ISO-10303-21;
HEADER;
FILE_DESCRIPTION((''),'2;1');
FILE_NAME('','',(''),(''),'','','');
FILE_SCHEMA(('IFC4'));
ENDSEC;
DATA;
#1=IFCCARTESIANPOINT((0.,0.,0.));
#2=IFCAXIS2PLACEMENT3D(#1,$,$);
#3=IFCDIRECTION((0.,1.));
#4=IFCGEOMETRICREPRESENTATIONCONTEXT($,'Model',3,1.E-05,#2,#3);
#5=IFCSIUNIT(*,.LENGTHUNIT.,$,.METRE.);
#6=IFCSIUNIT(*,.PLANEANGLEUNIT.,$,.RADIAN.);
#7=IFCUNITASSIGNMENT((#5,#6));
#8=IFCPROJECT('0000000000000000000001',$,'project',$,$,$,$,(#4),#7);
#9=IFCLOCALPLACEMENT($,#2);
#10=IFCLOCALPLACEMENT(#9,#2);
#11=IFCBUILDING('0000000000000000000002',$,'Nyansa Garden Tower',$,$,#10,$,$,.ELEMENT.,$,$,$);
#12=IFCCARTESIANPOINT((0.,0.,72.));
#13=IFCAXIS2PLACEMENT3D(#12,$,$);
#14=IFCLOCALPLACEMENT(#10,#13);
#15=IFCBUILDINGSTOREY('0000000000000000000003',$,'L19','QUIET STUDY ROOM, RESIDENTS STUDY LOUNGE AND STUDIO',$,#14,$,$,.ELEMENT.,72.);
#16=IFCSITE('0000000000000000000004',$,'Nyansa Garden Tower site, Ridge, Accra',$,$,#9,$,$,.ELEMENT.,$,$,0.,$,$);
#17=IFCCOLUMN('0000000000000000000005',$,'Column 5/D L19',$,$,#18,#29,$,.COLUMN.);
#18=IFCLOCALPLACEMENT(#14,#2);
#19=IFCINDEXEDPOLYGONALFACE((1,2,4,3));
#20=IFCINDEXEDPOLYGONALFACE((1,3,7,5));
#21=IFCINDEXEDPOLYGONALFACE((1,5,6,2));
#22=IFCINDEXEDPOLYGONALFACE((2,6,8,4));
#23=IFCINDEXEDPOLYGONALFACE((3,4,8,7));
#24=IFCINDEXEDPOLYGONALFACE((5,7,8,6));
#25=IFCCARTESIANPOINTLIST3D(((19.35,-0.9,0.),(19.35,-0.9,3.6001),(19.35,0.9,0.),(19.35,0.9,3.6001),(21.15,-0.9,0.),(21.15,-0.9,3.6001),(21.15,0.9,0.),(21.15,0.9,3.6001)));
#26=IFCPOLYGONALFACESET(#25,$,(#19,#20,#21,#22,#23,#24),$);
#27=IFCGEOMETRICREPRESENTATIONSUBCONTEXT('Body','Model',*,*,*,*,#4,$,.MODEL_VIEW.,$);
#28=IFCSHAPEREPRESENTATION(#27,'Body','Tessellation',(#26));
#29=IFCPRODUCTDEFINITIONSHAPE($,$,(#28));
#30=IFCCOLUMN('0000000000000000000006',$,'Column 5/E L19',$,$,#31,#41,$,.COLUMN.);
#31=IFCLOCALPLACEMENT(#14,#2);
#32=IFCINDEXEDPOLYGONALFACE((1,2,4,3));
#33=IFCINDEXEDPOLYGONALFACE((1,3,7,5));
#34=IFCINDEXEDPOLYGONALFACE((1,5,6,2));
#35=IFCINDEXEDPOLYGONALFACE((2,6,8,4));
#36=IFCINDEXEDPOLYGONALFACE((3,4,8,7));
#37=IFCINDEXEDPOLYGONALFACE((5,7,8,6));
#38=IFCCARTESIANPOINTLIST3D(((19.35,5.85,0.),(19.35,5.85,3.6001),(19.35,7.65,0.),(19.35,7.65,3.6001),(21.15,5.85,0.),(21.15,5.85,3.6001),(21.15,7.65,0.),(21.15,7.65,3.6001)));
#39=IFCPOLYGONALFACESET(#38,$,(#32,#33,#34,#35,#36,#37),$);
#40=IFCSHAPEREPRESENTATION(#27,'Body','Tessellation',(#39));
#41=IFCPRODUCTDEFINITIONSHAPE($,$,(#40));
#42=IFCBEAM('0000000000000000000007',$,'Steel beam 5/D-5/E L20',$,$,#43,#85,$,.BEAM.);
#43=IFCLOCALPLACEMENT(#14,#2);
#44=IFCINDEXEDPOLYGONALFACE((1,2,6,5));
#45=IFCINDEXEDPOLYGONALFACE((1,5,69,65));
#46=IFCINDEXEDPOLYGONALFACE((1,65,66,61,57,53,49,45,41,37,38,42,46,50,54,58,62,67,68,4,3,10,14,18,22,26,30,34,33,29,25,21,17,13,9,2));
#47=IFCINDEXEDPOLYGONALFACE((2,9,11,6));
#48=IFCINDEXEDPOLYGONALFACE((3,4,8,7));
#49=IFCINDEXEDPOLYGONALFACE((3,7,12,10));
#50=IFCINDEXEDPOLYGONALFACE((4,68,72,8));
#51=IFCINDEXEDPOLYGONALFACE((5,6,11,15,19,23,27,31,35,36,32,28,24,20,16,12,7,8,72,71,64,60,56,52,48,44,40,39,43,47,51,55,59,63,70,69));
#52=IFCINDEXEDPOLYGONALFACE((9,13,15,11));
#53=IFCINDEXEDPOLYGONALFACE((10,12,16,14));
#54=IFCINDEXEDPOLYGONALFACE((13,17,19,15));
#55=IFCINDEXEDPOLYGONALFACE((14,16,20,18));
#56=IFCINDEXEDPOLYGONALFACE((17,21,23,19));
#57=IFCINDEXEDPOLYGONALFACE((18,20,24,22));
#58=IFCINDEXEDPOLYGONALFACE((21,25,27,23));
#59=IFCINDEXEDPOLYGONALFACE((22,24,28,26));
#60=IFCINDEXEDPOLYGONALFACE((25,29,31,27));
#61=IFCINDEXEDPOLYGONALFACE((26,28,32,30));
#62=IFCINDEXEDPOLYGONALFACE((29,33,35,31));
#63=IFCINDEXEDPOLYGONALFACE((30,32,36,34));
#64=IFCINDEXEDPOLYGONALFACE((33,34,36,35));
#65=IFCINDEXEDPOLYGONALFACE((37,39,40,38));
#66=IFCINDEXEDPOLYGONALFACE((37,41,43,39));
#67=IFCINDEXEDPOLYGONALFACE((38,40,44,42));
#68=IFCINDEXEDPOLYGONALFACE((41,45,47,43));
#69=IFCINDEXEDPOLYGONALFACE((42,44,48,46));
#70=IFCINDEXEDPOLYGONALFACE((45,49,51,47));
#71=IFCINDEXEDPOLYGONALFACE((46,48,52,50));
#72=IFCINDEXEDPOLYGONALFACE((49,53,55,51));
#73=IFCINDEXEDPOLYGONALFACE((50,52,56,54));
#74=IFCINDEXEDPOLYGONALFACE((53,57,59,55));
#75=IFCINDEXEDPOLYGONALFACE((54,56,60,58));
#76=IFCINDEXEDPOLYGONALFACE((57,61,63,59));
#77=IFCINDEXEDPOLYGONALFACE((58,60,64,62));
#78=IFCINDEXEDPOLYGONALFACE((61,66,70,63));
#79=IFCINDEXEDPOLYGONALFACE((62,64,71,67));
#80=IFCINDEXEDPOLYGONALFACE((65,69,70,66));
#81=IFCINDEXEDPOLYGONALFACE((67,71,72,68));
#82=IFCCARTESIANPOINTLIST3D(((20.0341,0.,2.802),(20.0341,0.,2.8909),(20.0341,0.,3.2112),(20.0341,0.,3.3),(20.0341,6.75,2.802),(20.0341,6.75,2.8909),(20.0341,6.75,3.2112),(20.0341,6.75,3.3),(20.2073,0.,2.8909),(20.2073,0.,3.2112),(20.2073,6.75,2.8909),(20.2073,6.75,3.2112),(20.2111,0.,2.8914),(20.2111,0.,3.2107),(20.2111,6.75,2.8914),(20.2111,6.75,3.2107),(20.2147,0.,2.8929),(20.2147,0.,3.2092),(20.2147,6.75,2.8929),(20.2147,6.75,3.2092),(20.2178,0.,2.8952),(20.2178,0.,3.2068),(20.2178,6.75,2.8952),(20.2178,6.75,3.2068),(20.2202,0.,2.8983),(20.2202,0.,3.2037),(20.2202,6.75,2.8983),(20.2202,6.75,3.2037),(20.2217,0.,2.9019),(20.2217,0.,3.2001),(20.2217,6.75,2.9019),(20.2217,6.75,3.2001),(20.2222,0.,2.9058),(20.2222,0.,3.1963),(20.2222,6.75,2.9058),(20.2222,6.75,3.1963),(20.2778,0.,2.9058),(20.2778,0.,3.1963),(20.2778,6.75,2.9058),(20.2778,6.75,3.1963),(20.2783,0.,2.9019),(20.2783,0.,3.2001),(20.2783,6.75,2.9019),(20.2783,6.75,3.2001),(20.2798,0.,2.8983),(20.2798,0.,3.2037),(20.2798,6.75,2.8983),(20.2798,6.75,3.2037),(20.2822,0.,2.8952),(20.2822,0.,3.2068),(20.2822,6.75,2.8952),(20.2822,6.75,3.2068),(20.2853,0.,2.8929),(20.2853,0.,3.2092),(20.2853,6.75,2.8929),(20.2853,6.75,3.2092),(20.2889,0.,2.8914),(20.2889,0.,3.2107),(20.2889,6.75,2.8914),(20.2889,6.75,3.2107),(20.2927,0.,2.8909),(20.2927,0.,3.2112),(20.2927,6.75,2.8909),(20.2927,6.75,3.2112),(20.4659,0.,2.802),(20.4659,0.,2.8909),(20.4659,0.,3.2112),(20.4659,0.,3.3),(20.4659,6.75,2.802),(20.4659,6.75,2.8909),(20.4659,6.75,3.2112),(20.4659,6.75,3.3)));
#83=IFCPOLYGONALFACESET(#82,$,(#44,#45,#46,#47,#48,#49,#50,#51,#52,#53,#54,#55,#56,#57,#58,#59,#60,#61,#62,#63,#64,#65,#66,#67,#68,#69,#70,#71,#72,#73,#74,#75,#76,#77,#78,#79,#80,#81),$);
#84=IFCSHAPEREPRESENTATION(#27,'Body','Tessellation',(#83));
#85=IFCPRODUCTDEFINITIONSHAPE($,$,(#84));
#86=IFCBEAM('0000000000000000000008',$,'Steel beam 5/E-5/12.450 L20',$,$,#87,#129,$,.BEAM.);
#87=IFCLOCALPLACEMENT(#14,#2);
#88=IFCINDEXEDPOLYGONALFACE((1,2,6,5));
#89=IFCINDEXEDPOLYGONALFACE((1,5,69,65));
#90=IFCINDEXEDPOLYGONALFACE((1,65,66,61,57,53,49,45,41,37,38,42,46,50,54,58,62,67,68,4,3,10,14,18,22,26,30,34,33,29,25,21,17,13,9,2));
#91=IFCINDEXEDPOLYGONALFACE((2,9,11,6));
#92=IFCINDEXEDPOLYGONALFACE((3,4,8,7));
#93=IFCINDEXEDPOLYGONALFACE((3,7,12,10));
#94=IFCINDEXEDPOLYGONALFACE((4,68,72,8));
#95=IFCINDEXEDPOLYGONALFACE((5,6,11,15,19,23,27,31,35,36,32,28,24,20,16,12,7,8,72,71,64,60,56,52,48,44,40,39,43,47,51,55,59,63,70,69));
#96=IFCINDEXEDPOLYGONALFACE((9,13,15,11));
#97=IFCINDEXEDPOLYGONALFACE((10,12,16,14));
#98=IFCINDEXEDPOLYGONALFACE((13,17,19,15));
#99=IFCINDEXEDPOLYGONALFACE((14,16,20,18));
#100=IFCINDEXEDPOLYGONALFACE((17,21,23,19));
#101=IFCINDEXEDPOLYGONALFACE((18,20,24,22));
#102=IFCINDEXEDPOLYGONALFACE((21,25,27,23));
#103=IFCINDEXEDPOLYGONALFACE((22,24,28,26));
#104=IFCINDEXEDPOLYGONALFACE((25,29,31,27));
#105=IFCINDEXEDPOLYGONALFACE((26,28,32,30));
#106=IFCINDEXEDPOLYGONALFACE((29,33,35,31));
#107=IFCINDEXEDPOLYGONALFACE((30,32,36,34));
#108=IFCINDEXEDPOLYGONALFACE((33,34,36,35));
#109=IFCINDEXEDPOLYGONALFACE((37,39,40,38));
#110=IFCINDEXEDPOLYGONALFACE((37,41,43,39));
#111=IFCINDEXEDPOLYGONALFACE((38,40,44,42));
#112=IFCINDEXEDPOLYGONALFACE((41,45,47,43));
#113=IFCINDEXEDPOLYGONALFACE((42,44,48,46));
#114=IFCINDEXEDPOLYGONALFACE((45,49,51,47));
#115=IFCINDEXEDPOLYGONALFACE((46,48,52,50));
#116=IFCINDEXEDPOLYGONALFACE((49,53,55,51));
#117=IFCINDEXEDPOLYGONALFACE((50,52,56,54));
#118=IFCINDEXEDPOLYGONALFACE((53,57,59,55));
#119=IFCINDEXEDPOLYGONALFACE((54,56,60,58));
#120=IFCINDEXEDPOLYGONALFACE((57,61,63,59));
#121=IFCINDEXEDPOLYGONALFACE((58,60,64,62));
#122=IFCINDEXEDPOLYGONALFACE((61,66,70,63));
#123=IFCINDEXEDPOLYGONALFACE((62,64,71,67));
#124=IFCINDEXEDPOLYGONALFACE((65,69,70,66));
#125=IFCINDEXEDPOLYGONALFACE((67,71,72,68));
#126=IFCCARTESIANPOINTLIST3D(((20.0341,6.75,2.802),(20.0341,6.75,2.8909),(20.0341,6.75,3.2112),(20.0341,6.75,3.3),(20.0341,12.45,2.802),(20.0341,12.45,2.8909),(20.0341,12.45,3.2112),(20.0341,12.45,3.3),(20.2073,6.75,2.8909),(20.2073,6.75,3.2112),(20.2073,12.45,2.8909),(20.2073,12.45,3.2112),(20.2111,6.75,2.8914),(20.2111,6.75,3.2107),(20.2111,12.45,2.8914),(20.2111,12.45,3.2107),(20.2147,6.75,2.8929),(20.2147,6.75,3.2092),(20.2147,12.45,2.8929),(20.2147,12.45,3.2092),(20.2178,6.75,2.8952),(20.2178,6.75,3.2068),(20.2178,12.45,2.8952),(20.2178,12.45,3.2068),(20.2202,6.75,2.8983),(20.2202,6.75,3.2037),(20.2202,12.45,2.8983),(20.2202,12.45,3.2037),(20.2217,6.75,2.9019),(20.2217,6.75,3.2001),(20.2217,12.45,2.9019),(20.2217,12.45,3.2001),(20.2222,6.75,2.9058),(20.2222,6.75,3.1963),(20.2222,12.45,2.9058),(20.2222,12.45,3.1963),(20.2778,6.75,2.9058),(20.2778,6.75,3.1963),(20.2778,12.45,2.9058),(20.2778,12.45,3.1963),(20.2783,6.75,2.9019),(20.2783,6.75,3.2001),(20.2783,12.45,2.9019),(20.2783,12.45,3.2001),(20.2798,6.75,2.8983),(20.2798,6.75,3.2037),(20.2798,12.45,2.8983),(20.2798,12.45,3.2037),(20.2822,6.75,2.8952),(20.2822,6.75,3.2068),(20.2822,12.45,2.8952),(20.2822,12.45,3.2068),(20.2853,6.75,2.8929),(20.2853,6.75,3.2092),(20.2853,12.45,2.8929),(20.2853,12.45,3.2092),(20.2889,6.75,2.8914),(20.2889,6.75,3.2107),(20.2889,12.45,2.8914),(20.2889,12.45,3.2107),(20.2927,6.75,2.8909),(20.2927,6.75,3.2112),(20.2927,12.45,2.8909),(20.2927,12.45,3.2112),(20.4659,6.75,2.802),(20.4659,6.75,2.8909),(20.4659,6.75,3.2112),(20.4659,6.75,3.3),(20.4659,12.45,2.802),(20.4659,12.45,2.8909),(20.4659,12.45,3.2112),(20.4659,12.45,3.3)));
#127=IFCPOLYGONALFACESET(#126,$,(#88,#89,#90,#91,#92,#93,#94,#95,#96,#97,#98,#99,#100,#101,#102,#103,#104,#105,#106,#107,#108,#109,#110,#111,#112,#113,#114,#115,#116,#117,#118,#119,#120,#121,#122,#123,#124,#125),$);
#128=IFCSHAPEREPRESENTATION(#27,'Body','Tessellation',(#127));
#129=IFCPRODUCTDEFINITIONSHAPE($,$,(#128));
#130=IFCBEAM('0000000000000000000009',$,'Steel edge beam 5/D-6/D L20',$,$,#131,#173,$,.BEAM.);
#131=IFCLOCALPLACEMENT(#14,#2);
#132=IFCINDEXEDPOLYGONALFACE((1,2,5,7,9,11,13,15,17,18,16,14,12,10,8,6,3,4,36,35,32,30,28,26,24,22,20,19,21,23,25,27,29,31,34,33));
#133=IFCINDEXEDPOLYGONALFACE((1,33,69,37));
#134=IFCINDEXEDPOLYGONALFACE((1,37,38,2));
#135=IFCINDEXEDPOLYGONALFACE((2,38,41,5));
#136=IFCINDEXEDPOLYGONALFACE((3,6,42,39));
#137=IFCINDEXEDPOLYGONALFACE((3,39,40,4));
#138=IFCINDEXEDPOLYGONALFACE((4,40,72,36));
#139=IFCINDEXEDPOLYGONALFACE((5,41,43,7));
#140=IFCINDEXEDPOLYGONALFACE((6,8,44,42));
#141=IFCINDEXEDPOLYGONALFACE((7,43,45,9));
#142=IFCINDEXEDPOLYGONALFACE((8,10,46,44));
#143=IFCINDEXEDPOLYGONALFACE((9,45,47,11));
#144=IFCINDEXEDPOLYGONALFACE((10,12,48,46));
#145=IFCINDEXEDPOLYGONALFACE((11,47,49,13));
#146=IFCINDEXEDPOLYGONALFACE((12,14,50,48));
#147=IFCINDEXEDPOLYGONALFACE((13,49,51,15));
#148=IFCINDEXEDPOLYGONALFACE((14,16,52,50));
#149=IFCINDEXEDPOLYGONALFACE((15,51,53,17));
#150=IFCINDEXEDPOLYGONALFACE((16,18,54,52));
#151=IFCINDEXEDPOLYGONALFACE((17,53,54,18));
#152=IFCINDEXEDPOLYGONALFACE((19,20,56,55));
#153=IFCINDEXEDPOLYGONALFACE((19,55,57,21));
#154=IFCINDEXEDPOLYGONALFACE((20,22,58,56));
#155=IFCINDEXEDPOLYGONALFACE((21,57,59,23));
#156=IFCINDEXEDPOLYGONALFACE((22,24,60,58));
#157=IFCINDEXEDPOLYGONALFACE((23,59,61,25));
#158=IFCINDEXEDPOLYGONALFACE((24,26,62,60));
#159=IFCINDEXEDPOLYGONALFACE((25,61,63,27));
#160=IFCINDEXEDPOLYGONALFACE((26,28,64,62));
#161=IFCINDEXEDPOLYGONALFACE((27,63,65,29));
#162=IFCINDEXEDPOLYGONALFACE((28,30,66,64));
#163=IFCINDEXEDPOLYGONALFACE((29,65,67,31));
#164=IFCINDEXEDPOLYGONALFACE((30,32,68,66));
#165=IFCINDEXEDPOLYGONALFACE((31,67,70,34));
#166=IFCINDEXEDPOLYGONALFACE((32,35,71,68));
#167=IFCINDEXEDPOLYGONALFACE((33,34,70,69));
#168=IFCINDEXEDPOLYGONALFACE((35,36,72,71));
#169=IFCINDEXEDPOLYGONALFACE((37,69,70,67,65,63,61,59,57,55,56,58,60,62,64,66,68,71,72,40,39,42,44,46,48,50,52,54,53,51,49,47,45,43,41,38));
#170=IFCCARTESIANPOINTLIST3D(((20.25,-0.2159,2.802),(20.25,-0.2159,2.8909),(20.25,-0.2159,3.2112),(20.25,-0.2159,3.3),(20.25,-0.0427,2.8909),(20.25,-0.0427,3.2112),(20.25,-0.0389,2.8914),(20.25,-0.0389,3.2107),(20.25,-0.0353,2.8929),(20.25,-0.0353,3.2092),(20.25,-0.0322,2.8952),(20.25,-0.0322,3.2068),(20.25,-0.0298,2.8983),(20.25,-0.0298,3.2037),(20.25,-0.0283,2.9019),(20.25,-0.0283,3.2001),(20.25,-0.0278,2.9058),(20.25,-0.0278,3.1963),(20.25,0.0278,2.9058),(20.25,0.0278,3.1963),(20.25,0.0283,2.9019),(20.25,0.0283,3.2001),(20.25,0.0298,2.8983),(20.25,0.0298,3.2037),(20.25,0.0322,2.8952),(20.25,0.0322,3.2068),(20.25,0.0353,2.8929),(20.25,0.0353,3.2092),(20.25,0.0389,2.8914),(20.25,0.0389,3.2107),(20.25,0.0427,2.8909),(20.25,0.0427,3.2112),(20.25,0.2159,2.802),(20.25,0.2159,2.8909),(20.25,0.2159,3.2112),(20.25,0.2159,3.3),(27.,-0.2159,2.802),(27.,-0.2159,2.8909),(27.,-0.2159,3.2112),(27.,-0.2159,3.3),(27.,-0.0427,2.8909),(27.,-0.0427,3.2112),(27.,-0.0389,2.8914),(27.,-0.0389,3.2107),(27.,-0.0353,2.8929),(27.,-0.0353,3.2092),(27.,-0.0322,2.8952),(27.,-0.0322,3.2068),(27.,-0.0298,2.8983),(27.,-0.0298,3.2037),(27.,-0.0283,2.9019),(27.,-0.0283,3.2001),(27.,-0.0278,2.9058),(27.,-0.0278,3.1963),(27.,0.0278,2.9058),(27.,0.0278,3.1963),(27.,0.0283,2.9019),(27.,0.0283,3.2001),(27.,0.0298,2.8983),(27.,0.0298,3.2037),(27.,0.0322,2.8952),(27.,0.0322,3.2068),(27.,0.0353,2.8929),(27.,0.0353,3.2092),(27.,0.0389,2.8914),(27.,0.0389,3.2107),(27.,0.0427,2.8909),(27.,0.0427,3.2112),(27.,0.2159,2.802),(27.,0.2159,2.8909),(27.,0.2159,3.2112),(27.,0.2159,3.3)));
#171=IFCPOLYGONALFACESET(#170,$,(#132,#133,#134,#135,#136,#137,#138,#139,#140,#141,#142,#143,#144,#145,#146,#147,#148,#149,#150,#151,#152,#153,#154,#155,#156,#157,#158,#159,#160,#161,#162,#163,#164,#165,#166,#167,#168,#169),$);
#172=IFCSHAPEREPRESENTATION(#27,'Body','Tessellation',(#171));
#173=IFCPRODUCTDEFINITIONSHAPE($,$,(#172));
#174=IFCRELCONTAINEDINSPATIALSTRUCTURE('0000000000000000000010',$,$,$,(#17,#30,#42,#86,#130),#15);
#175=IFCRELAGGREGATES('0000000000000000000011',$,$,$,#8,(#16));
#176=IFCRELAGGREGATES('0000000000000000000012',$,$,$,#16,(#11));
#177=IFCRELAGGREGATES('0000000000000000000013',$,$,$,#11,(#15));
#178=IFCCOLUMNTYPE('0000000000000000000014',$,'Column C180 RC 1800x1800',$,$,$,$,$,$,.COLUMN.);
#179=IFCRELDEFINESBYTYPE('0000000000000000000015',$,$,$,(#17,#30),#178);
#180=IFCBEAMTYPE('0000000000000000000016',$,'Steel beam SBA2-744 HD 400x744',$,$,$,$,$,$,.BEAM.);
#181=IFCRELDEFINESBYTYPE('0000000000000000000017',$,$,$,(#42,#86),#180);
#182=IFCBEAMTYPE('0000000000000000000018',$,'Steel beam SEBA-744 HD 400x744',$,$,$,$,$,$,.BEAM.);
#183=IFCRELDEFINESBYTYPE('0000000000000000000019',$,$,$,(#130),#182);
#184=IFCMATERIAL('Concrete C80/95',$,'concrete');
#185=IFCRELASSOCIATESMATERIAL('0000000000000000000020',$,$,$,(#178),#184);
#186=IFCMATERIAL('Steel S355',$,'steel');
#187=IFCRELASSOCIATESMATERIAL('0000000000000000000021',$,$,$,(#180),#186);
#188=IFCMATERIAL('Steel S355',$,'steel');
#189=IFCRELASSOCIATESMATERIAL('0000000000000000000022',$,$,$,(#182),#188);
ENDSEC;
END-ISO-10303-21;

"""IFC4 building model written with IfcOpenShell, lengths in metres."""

from ifc_helpers import new_model, si_unit, direction, frame, origin, origin_2d, place, context, subcontext, project, spatial, rectangle, i_section, extrude, material, material_profile, profile_set, type_object, element, save


model = new_model("IFC4")

# Units and contexts
model_context = context("Model", 3, precision=1e-05, world=origin(), true_north=direction((0.0, 1.0)))
body_context = subcontext(model_context, "Body", "Model", "MODEL_VIEW")
ifc_project = project(units=[si_unit("LENGTHUNIT", "METRE"), si_unit("PLANEANGLEUNIT", "RADIAN")], contexts=[model_context])

# Site, building, storey
site_placement = place(None, origin())
site = spatial("IfcSite", under=ifc_project, at=site_placement, Name="Nyansa Garden Tower site, Ridge, Accra", CompositionType="ELEMENT", RefElevation=0.0)
building_placement = place(site_placement, origin())
building = spatial("IfcBuilding", under=site, at=building_placement, Name="Nyansa Garden Tower", CompositionType="ELEMENT")
storey_placement = place(building_placement, frame((0.0, 0.0, 72.0)))
storey = spatial("IfcBuildingStorey", under=building, at=storey_placement, Name="L19", Description="QUIET STUDY ROOM, RESIDENTS STUDY LOUNGE AND STUDIO", CompositionType="ELEMENT", Elevation=72.0)

# Columns
ifc_material_1 = material(Name="Concrete C80/95", Category="concrete")
ifc_material_profile_1 = material_profile(ifc_material_1, rectangle(XDim=1.8, YDim=1.8, at=origin_2d()), Name="RC 1800x1800")
ifc_profile_set_1 = profile_set([ifc_material_profile_1], Name="Concrete C80/95")
column_type = type_object("IfcColumnType", Name="Column C180 RC 1800x1800", PredefinedType="COLUMN", material=ifc_profile_set_1)
for number, where, z_axis, x_axis, name in (
    (1, (20.25, 0.0, 0.0), (0.0, 0.0, 1.0), (1.0, 0.0, 0.0), "Column 5/D L19"),
    (2, (20.25, 6.75, 0.0), (0.0, 0.0, 1.0), (1.0, 0.0, 0.0), "Column 5/E L19"),
):
    element("IfcColumn", number, at=place(storey_placement, frame(where, z_axis=z_axis, x_axis=x_axis)), inside=storey, type_object=column_type, Name=name, PredefinedType="COLUMN", context=body_context, shape_type="SweptSolid", body=[
        extrude(rectangle(XDim=1.8, YDim=1.8, at=origin_2d()), origin(), (0.0, 0.0, 1.0), 3.6001),
    ])

# Beams
ifc_material_2 = material(Name="Steel S355", Category="steel")
ifc_material_profile_2 = material_profile(ifc_material_2, i_section(OverallWidth=0.4319, OverallDepth=0.498, WebThickness=0.0557, FlangeThickness=0.0889, FilletRadius=0.0149, at=origin_2d()), Name="HD 400x744")
ifc_profile_set_2 = profile_set([ifc_material_profile_2], Name="Steel S355")
beam_type_1 = type_object("IfcBeamType", Name="Steel beam SBA2-744 HD 400x744", PredefinedType="BEAM", material=ifc_profile_set_2)
beam_1_placement = place(storey_placement, frame((20.25, 0.0, 3.051), z_axis=(0.0, 1.0, 0.0), x_axis=(-1.0, 0.0, 0.0)))
element("IfcBeam", 3, at=beam_1_placement, inside=storey, type_object=beam_type_1, Name="Steel beam 5/D-5/E L20", PredefinedType="BEAM", context=body_context, shape_type="SweptSolid", body=[
    extrude(i_section(OverallWidth=0.4319, OverallDepth=0.498, WebThickness=0.0557, FlangeThickness=0.0889, FilletRadius=0.0149, at=origin_2d()), origin(), (0.0, 0.0, 1.0), 6.75),
])
beam_2_placement = place(storey_placement, frame((20.25, 6.75, 3.051), z_axis=(0.0, 1.0, 0.0), x_axis=(-1.0, 0.0, 0.0)))
element("IfcBeam", 4, at=beam_2_placement, inside=storey, type_object=beam_type_1, Name="Steel beam 5/E-5/12.450 L20", PredefinedType="BEAM", context=body_context, shape_type="SweptSolid", body=[
    extrude(i_section(OverallWidth=0.4319, OverallDepth=0.498, WebThickness=0.0557, FlangeThickness=0.0889, FilletRadius=0.0149, at=origin_2d()), origin(), (0.0, 0.0, 1.0), 5.7),
])
ifc_material_3 = material(Name="Steel S355", Category="steel")
ifc_material_profile_3 = material_profile(ifc_material_3, i_section(OverallWidth=0.4319, OverallDepth=0.498, WebThickness=0.0557, FlangeThickness=0.0889, FilletRadius=0.0149, at=origin_2d()), Name="HD 400x744")
ifc_profile_set_3 = profile_set([ifc_material_profile_3], Name="Steel S355")
beam_type_2 = type_object("IfcBeamType", Name="Steel beam SEBA-744 HD 400x744", PredefinedType="BEAM", material=ifc_profile_set_3)
beam_3_placement = place(storey_placement, frame((20.25, 0.0, 3.051), z_axis=(1.0, 0.0, 0.0), x_axis=(0.0, 1.0, 0.0)))
element("IfcBeam", 5, at=beam_3_placement, inside=storey, type_object=beam_type_2, Name="Steel edge beam 5/D-6/D L20", PredefinedType="BEAM", context=body_context, shape_type="SweptSolid", body=[
    extrude(i_section(OverallWidth=0.4319, OverallDepth=0.498, WebThickness=0.0557, FlangeThickness=0.0889, FilletRadius=0.0149, at=origin_2d()), origin(), (0.0, 0.0, 1.0), 6.75),
])

save(model, "model.ifc")
